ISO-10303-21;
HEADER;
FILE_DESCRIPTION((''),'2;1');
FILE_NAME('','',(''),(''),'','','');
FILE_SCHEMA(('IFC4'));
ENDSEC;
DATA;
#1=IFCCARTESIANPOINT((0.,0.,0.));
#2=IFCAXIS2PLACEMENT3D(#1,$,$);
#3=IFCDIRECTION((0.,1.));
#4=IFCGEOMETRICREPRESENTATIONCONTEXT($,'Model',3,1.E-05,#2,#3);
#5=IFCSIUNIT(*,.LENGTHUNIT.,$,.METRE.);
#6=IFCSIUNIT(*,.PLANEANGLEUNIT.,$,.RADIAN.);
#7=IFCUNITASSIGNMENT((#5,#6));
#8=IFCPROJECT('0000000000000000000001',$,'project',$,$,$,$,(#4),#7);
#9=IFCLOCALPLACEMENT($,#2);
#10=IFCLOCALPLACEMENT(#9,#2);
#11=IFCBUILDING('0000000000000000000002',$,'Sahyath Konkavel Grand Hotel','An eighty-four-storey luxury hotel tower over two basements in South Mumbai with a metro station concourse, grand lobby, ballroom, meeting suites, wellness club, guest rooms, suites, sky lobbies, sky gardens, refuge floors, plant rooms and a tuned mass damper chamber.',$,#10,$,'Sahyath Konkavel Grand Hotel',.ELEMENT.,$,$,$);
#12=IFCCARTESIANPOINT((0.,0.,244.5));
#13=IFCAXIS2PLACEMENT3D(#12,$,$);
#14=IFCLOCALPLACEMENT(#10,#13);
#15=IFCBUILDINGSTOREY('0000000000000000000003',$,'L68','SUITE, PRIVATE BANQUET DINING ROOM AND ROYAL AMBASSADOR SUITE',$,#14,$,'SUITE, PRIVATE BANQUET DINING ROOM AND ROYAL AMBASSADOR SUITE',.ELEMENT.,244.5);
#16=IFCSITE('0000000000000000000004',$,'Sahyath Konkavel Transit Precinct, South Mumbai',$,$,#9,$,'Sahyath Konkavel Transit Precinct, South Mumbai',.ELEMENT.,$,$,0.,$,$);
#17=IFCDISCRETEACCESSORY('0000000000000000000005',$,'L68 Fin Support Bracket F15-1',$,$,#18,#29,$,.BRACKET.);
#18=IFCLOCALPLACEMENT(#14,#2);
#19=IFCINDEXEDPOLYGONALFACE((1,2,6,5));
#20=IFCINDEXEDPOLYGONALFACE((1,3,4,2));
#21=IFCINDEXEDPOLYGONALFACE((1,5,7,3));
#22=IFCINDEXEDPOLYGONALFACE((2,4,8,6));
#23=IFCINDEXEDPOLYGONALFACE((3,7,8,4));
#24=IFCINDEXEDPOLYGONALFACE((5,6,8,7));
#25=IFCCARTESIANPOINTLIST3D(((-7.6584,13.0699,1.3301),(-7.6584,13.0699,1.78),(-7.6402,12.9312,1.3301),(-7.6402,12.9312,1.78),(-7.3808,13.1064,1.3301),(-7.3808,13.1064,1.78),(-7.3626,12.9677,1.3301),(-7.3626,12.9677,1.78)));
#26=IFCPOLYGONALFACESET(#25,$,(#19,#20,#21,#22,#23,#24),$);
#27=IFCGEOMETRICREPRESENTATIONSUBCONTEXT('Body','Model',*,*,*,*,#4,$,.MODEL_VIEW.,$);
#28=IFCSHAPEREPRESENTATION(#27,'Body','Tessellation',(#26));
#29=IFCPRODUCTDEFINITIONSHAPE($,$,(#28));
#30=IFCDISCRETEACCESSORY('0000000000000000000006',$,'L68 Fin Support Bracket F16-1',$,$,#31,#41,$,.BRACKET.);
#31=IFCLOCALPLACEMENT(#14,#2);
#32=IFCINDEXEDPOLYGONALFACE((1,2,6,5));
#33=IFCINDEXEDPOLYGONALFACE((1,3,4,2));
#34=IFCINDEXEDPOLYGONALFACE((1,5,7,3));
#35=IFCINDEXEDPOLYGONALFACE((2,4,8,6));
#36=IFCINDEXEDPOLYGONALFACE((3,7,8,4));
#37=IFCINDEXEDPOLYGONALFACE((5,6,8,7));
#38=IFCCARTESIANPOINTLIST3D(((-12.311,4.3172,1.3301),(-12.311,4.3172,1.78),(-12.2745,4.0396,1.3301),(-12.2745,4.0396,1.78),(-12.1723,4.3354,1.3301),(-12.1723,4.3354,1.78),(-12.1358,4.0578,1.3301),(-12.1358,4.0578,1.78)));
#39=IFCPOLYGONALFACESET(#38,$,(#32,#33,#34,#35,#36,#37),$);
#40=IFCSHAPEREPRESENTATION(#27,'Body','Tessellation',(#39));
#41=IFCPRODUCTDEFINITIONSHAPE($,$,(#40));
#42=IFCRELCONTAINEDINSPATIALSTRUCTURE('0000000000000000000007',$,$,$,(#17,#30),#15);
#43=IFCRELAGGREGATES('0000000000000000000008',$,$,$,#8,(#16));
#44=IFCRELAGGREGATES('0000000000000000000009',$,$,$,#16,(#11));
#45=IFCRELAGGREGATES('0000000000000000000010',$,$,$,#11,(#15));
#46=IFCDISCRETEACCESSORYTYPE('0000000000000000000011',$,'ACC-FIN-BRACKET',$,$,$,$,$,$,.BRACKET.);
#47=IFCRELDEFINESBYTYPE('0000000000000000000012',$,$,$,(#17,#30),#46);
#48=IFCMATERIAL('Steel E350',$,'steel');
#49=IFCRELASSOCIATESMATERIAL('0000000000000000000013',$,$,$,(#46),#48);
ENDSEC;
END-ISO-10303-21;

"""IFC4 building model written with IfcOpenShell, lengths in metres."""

from ifc_helpers import new_model, si_unit, direction, frame, origin, origin_2d, place, context, subcontext, project, spatial, rectangle, extrude, source, transform, mapped, material, type_object, element, save


model = new_model("IFC4")

# Units and contexts
model_context = context("Model", 3, precision=1e-05, world=origin(), true_north=direction((0.0, 1.0)))
body_context = subcontext(model_context, "Body", "Model", "MODEL_VIEW")
ifc_project = project(units=[si_unit("LENGTHUNIT", "METRE"), si_unit("PLANEANGLEUNIT", "RADIAN")], contexts=[model_context])

# Site, building, storey
site_placement = place(None, origin())
site = spatial("IfcSite", under=ifc_project, at=site_placement, Name="Sahyath Konkavel Transit Precinct, South Mumbai", LongName="Sahyath Konkavel Transit Precinct, South Mumbai", CompositionType="ELEMENT", RefElevation=0.0)
building_placement = place(site_placement, origin())
building = spatial("IfcBuilding", under=site, at=building_placement, Name="Sahyath Konkavel Grand Hotel", Description="An eighty-four-storey luxury hotel tower over two basements in South Mumbai with a metro station concourse, grand lobby, ballroom, meeting suites, wellness club, guest rooms, suites, sky lobbies, sky gardens, refuge floors, plant rooms and a tuned mass damper chamber.", LongName="Sahyath Konkavel Grand Hotel", CompositionType="ELEMENT")
storey_placement = place(building_placement, frame((0.0, 0.0, 244.5)))
storey = spatial("IfcBuildingStorey", under=building, at=storey_placement, Name="L68", Description="SUITE, PRIVATE BANQUET DINING ROOM AND ROYAL AMBASSADOR SUITE", LongName="SUITE, PRIVATE BANQUET DINING ROOM AND ROYAL AMBASSADOR SUITE", CompositionType="ELEMENT", Elevation=244.5)

# Shared definitions
ifc_material_1 = material(Name="Steel E350", Category="steel")

# Discrete accessories
discrete_accessory_type = type_object("IfcDiscreteAccessoryType", Name="ACC-FIN-BRACKET", PredefinedType="BRACKET", material=ifc_material_1)
shared_shape_1 = source(origin(), body_context, "Body", "SweptSolid", [
    extrude(rectangle(XDim=0.28, YDim=0.1399, at=origin_2d()), origin(), (0.0, 0.0, 1.0), 0.45),
])
for number, where, z_axis, x_axis, name in (
    (1, (-7.5105, 13.0188, 1.3301), (0.0, 0.0, 1.0), (-0.991445, -0.130526, 0.0), "L68 Fin Support Bracket F15-1"),
    (2, (-12.2234, 4.1875, 1.3301), (0.0, 0.0, 1.0), (-0.130526, 0.991445, 0.0), "L68 Fin Support Bracket F16-1"),
):
    element("IfcDiscreteAccessory", number, at=place(storey_placement, frame(where, z_axis=z_axis, x_axis=x_axis)), inside=storey, type_object=discrete_accessory_type, Name=name, PredefinedType="BRACKET", context=body_context, shape_type="MappedRepresentation", body=[
        mapped(shared_shape_1, transform((0.0, 0.0, 0.0), scale=1.0)),
    ])

save(model, "model.ifc")
